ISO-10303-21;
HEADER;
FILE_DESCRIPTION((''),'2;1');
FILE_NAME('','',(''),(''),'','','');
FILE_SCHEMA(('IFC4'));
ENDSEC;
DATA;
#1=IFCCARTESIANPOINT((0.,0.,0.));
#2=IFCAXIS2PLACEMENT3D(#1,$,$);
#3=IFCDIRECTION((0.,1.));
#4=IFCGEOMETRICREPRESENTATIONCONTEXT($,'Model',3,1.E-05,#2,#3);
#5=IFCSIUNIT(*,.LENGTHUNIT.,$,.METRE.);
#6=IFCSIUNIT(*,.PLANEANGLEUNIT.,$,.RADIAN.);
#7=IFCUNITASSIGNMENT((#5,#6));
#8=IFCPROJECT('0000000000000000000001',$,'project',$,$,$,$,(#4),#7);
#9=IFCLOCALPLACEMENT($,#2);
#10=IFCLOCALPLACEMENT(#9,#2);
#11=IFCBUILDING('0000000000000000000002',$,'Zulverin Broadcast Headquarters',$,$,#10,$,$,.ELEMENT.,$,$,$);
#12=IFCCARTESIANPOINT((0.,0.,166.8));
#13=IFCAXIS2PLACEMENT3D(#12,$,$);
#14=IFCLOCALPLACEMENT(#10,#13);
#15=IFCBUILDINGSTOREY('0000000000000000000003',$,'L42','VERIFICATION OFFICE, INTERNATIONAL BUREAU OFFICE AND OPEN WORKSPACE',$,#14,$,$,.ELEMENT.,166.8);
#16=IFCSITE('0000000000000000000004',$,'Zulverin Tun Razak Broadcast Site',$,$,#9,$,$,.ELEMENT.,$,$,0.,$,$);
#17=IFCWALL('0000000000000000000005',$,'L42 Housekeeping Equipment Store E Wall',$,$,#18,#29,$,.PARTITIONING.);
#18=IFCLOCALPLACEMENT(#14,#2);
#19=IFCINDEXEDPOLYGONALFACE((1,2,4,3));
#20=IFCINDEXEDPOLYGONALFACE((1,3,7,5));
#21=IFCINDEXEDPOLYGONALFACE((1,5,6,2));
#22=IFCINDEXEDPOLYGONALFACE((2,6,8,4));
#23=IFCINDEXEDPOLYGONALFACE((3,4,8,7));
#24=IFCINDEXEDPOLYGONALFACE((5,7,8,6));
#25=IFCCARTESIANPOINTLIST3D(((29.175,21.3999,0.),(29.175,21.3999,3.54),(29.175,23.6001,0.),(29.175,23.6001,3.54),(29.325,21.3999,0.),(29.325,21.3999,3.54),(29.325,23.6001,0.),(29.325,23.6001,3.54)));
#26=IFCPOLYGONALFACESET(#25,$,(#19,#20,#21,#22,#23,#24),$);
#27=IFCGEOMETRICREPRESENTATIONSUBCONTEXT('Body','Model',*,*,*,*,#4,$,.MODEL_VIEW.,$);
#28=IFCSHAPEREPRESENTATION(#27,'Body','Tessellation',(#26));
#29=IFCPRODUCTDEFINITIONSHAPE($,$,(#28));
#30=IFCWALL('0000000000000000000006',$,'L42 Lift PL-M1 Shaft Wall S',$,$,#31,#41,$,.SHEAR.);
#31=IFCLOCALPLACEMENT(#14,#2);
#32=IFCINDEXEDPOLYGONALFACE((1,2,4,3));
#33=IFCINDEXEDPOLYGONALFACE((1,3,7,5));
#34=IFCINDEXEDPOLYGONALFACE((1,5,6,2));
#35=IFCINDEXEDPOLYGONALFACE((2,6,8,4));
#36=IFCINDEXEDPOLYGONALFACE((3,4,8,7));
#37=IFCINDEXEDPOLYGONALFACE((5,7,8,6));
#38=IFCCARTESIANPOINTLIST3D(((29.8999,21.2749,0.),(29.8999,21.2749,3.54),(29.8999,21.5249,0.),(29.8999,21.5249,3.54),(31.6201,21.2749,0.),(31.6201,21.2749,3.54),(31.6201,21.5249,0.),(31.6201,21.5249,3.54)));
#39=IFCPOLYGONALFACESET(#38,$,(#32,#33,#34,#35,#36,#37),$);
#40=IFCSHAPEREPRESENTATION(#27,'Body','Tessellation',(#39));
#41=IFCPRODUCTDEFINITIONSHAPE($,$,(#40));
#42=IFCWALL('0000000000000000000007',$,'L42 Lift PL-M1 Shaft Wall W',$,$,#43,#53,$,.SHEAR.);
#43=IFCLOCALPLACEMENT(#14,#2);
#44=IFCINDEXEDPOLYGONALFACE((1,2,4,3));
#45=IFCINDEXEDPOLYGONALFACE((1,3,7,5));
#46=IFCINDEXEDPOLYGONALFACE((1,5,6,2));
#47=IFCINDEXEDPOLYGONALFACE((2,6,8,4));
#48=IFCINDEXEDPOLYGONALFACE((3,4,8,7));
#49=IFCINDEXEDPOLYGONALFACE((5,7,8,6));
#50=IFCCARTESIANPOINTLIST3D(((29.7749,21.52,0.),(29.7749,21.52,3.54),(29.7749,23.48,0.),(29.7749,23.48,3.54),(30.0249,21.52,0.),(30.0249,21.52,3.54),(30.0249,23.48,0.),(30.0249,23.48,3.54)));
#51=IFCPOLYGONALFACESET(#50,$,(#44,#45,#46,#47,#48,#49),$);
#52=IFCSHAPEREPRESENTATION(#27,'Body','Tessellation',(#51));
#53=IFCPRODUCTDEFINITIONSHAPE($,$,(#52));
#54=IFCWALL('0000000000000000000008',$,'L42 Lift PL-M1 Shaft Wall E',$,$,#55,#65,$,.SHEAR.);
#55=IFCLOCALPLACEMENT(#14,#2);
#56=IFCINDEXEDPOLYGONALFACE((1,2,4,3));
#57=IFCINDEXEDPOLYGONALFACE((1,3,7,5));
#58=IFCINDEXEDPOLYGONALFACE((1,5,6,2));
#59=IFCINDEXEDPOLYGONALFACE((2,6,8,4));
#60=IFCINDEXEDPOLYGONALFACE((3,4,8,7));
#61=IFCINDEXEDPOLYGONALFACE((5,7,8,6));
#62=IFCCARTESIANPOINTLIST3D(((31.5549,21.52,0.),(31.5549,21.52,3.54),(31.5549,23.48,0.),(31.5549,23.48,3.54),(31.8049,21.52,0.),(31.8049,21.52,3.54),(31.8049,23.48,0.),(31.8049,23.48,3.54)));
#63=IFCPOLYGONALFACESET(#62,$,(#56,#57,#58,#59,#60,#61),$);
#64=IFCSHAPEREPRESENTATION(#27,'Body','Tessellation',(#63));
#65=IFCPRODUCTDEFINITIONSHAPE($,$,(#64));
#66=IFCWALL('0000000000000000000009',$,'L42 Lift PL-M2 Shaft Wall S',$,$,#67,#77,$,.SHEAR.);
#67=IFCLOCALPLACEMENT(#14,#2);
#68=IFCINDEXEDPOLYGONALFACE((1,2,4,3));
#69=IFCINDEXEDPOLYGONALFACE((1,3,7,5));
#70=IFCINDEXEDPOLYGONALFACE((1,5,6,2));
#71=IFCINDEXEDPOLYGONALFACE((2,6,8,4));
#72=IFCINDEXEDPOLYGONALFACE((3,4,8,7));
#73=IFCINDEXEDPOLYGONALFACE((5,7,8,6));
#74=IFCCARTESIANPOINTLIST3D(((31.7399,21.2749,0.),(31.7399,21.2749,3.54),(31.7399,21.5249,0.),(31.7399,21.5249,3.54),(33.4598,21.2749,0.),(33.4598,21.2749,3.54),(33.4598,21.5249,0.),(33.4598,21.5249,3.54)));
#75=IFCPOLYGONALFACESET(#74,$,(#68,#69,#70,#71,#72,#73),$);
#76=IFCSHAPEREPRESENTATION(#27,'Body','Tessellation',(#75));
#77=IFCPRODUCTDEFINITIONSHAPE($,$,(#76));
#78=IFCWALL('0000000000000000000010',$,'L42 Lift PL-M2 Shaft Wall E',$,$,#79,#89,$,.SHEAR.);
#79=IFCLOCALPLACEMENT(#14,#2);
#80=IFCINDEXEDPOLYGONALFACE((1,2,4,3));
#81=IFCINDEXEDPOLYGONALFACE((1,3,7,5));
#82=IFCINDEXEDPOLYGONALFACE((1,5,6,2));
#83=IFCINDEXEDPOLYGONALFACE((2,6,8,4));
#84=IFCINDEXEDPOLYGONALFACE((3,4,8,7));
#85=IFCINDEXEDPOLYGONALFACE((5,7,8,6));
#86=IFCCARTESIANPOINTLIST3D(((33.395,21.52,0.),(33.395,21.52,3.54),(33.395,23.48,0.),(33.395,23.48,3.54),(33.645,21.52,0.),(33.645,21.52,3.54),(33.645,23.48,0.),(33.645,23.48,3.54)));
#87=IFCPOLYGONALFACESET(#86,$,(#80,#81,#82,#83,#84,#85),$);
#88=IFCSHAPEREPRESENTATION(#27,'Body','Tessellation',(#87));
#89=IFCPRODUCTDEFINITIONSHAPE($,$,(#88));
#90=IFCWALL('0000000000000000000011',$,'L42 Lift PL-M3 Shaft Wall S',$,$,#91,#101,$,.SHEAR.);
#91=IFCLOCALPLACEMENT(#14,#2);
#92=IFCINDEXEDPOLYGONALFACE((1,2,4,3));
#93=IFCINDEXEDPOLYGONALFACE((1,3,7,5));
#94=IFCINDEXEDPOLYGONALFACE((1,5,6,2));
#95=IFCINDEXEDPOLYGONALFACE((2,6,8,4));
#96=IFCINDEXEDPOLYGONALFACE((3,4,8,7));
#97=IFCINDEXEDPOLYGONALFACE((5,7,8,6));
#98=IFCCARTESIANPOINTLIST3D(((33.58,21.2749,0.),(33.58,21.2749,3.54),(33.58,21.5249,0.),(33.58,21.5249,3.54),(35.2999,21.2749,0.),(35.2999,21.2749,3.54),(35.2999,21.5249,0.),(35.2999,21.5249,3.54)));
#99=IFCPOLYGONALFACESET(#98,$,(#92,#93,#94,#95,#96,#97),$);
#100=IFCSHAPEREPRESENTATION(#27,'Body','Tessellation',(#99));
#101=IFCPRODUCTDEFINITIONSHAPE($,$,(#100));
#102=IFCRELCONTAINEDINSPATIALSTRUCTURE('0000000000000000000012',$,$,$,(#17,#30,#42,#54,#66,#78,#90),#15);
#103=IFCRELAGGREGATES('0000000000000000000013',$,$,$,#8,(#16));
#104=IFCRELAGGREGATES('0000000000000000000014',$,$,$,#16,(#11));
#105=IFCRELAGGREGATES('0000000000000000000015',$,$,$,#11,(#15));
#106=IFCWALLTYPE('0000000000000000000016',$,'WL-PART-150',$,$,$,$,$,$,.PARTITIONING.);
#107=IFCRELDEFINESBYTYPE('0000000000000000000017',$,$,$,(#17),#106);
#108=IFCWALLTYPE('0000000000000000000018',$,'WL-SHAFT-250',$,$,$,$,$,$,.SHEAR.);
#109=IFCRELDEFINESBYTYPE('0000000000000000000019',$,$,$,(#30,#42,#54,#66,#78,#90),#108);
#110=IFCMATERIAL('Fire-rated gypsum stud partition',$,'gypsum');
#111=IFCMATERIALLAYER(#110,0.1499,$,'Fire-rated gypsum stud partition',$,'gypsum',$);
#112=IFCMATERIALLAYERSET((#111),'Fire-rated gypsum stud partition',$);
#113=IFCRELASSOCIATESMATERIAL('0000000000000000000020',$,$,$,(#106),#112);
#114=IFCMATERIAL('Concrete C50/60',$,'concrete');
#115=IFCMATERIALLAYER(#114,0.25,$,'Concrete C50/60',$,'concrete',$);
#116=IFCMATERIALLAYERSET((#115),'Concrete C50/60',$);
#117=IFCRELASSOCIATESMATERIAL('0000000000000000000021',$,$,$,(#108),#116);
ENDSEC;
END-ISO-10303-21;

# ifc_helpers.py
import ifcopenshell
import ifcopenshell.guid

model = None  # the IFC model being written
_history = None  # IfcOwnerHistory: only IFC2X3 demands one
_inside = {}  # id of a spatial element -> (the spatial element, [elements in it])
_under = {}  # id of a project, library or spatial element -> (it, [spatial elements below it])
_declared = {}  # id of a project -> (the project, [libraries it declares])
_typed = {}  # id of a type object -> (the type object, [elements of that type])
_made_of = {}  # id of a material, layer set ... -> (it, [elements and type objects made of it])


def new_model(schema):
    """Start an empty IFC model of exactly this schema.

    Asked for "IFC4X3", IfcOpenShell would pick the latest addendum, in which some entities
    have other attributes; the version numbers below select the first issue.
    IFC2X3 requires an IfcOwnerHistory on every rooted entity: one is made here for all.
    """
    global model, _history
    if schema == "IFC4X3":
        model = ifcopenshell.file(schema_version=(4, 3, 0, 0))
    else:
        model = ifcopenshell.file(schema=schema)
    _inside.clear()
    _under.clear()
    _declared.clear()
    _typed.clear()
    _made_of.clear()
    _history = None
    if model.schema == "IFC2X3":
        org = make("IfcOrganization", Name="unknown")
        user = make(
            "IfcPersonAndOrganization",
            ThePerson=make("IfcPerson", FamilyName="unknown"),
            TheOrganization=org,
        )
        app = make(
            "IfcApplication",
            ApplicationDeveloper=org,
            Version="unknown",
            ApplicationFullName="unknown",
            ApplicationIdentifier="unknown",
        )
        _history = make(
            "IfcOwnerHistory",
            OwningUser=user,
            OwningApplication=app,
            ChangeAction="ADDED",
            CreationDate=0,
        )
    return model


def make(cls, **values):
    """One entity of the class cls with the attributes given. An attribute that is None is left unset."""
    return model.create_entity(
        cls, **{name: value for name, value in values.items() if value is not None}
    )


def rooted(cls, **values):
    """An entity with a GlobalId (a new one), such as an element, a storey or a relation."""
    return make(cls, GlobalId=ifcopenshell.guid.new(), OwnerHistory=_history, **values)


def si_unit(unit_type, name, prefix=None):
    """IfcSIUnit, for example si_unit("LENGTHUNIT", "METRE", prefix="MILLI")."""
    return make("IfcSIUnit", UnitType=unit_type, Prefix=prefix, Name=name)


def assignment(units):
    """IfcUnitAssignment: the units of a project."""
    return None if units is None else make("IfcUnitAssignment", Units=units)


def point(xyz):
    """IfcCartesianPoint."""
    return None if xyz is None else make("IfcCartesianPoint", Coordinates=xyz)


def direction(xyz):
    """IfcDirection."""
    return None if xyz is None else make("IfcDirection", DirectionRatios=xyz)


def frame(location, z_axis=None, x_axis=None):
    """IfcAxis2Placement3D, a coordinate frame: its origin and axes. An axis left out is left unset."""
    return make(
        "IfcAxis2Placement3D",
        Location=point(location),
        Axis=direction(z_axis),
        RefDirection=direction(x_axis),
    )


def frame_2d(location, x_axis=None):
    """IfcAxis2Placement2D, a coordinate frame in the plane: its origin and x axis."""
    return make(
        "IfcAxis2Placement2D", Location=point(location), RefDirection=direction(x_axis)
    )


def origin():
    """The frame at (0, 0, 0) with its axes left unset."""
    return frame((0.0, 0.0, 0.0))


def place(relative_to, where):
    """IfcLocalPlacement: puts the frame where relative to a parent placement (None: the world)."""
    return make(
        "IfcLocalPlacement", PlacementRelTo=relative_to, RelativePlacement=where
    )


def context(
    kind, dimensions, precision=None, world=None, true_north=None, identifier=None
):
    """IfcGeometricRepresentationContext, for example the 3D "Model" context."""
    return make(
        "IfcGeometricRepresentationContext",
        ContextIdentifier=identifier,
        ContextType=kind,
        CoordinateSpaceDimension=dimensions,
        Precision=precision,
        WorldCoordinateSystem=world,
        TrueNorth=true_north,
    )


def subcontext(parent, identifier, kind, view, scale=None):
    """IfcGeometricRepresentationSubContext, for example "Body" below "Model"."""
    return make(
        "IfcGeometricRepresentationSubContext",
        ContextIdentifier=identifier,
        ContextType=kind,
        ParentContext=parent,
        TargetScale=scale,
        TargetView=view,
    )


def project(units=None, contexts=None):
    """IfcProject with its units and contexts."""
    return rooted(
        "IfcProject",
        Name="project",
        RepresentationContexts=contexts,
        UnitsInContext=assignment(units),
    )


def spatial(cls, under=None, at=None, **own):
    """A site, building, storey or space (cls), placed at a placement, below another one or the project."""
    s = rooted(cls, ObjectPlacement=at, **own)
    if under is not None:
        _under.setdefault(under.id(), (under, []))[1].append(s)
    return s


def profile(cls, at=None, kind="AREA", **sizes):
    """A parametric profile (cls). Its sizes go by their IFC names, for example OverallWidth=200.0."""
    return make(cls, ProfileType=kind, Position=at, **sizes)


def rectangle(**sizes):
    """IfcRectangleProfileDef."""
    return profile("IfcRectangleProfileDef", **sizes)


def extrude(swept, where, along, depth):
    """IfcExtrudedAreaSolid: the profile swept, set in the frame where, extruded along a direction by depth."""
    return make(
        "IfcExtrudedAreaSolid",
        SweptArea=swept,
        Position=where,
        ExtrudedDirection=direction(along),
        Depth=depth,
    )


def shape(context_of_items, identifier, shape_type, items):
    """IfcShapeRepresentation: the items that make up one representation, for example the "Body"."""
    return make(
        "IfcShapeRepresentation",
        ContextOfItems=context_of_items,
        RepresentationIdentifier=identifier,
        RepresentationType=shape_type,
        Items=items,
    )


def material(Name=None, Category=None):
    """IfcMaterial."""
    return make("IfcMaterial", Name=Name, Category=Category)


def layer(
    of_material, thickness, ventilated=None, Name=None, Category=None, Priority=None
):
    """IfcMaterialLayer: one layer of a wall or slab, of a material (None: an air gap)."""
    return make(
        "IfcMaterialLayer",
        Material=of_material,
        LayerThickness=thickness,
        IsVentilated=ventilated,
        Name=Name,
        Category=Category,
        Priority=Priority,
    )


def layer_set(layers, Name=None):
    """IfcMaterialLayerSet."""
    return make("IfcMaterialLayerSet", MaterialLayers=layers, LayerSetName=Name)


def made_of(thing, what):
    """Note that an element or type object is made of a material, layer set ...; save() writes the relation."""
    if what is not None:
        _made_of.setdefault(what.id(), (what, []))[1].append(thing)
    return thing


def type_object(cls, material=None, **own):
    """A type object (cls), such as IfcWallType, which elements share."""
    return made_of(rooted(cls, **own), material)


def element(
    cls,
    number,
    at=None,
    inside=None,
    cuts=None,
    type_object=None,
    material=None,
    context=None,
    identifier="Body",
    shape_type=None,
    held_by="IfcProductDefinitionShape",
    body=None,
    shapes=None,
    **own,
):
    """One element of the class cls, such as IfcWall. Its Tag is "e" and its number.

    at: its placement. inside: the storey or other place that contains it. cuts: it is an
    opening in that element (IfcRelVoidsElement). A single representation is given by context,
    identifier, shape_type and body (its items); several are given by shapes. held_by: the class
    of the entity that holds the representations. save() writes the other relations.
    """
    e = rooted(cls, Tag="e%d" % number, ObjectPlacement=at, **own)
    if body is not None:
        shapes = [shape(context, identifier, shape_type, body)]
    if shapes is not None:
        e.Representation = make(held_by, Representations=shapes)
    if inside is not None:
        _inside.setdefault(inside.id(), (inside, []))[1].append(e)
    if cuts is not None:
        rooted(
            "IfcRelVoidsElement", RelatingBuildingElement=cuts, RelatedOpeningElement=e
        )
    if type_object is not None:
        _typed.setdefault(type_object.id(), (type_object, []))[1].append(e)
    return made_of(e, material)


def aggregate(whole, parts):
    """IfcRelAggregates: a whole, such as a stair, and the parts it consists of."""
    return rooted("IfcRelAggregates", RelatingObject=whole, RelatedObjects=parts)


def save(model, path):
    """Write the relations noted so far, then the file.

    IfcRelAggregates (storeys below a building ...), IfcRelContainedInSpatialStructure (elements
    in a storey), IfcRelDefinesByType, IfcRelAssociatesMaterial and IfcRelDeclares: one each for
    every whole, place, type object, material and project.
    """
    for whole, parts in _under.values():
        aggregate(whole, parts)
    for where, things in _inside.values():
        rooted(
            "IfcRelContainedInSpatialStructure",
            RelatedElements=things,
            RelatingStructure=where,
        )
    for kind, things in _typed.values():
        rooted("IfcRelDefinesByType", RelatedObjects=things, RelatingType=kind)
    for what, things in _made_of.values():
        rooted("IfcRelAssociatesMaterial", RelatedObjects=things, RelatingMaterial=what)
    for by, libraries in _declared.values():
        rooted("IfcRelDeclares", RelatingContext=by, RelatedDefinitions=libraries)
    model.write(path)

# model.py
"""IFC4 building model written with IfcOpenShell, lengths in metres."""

from ifc_helpers import new_model, si_unit, direction, frame, frame_2d, origin, place, context, subcontext, project, spatial, rectangle, extrude, material, layer, layer_set, type_object, element, save


model = new_model("IFC4")

# Units and contexts
model_context = context("Model", 3, precision=1e-05, world=origin(), true_north=direction((0.0, 1.0)))
body_context = subcontext(model_context, "Body", "Model", "MODEL_VIEW")
ifc_project = project(units=[si_unit("LENGTHUNIT", "METRE"), si_unit("PLANEANGLEUNIT", "RADIAN")], contexts=[model_context])

# Site, building, storey
site_placement = place(None, origin())
site = spatial("IfcSite", under=ifc_project, at=site_placement, Name="Zulverin Tun Razak Broadcast Site", CompositionType="ELEMENT", RefElevation=0.0)
building_placement = place(site_placement, origin())
building = spatial("IfcBuilding", under=site, at=building_placement, Name="Zulverin Broadcast Headquarters", CompositionType="ELEMENT")
storey_placement = place(building_placement, frame((0.0, 0.0, 166.8)))
storey = spatial("IfcBuildingStorey", under=building, at=storey_placement, Name="L42", Description="VERIFICATION OFFICE, INTERNATIONAL BUREAU OFFICE AND OPEN WORKSPACE", CompositionType="ELEMENT", Elevation=166.8)

# Shared definitions
ifc_material_1 = material(Name="Concrete C50/60", Category="concrete")

# Shared definitions
ifc_material_2 = material(Name="Fire-rated gypsum stud partition", Category="gypsum")
ifc_layer_1 = layer(ifc_material_2, 0.1499, Name="Fire-rated gypsum stud partition", Category="gypsum")
ifc_layer_set_1 = layer_set([ifc_layer_1], Name="Fire-rated gypsum stud partition")
wall_type_1 = type_object("IfcWallType", Name="WL-PART-150", PredefinedType="PARTITIONING", material=ifc_layer_set_1)

# Walls
wall_1_placement = place(storey_placement, frame((29.25, 21.3999, 0.0), z_axis=(0.0, 0.0, 1.0), x_axis=(0.0, 1.0, 0.0)))
element("IfcWall", 1, at=wall_1_placement, inside=storey, type_object=wall_type_1, Name="L42 Housekeeping Equipment Store E Wall", PredefinedType="PARTITIONING", context=body_context, shape_type="SweptSolid", body=[
    extrude(rectangle(XDim=2.2002, YDim=0.1499, at=frame_2d((1.1001, 0.0))), origin(), (0.0, 0.0, 1.0), 3.54),
])
ifc_layer_2 = layer(ifc_material_1, 0.25, Name="Concrete C50/60", Category="concrete")
ifc_layer_set_2 = layer_set([ifc_layer_2], Name="Concrete C50/60")
wall_type_2 = type_object("IfcWallType", Name="WL-SHAFT-250", PredefinedType="SHEAR", material=ifc_layer_set_2)
wall_2_placement = place(storey_placement, frame((29.8999, 21.3999, 0.0), z_axis=(0.0, 0.0, 1.0), x_axis=(1.0, 0.0, 0.0)))
element("IfcWall", 2, at=wall_2_placement, inside=storey, type_object=wall_type_2, Name="L42 Lift PL-M1 Shaft Wall S", PredefinedType="SHEAR", context=body_context, shape_type="SweptSolid", body=[
    extrude(rectangle(XDim=1.7202, YDim=0.25, at=frame_2d((0.8601, 0.0))), origin(), (0.0, 0.0, 1.0), 3.54),
])
for number, where, z_axis, x_axis, name in (
    (3, (29.8999, 21.52, 0.0), (0.0, 0.0, 1.0), (0.0, 1.0, 0.0), "L42 Lift PL-M1 Shaft Wall W"),
    (4, (31.6799, 21.52, 0.0), (0.0, 0.0, 1.0), (0.0, 1.0, 0.0), "L42 Lift PL-M1 Shaft Wall E"),
):
    element("IfcWall", number, at=place(storey_placement, frame(where, z_axis=z_axis, x_axis=x_axis)), inside=storey, type_object=wall_type_2, Name=name, PredefinedType="SHEAR", context=body_context, shape_type="SweptSolid", body=[
        extrude(rectangle(XDim=1.96, YDim=0.25, at=frame_2d((0.98, 0.0))), origin(), (0.0, 0.0, 1.0), 3.54),
    ])
wall_3_placement = place(storey_placement, frame((31.74, 21.3999, 0.0), z_axis=(0.0, 0.0, 1.0), x_axis=(1.0, 0.0, 0.0)))
element("IfcWall", 5, at=wall_3_placement, inside=storey, type_object=wall_type_2, Name="L42 Lift PL-M2 Shaft Wall S", PredefinedType="SHEAR", context=body_context, shape_type="SweptSolid", body=[
    extrude(rectangle(XDim=1.72, YDim=0.25, at=frame_2d((0.8599, 0.0))), origin(), (0.0, 0.0, 1.0), 3.54),
])
wall_4_placement = place(storey_placement, frame((33.52, 21.52, 0.0), z_axis=(0.0, 0.0, 1.0), x_axis=(0.0, 1.0, 0.0)))
element("IfcWall", 6, at=wall_4_placement, inside=storey, type_object=wall_type_2, Name="L42 Lift PL-M2 Shaft Wall E", PredefinedType="SHEAR", context=body_context, shape_type="SweptSolid", body=[
    extrude(rectangle(XDim=1.96, YDim=0.25, at=frame_2d((0.98, 0.0))), origin(), (0.0, 0.0, 1.0), 3.54),
])
wall_5_placement = place(storey_placement, frame((33.5801, 21.3999, 0.0), z_axis=(0.0, 0.0, 1.0), x_axis=(1.0, 0.0, 0.0)))
element("IfcWall", 7, at=wall_5_placement, inside=storey, type_object=wall_type_2, Name="L42 Lift PL-M3 Shaft Wall S", PredefinedType="SHEAR", context=body_context, shape_type="SweptSolid", body=[
    extrude(rectangle(XDim=1.72, YDim=0.25, at=frame_2d((0.8599, 0.0))), origin(), (0.0, 0.0, 1.0), 3.54),
])

save(model, "model.ifc")
